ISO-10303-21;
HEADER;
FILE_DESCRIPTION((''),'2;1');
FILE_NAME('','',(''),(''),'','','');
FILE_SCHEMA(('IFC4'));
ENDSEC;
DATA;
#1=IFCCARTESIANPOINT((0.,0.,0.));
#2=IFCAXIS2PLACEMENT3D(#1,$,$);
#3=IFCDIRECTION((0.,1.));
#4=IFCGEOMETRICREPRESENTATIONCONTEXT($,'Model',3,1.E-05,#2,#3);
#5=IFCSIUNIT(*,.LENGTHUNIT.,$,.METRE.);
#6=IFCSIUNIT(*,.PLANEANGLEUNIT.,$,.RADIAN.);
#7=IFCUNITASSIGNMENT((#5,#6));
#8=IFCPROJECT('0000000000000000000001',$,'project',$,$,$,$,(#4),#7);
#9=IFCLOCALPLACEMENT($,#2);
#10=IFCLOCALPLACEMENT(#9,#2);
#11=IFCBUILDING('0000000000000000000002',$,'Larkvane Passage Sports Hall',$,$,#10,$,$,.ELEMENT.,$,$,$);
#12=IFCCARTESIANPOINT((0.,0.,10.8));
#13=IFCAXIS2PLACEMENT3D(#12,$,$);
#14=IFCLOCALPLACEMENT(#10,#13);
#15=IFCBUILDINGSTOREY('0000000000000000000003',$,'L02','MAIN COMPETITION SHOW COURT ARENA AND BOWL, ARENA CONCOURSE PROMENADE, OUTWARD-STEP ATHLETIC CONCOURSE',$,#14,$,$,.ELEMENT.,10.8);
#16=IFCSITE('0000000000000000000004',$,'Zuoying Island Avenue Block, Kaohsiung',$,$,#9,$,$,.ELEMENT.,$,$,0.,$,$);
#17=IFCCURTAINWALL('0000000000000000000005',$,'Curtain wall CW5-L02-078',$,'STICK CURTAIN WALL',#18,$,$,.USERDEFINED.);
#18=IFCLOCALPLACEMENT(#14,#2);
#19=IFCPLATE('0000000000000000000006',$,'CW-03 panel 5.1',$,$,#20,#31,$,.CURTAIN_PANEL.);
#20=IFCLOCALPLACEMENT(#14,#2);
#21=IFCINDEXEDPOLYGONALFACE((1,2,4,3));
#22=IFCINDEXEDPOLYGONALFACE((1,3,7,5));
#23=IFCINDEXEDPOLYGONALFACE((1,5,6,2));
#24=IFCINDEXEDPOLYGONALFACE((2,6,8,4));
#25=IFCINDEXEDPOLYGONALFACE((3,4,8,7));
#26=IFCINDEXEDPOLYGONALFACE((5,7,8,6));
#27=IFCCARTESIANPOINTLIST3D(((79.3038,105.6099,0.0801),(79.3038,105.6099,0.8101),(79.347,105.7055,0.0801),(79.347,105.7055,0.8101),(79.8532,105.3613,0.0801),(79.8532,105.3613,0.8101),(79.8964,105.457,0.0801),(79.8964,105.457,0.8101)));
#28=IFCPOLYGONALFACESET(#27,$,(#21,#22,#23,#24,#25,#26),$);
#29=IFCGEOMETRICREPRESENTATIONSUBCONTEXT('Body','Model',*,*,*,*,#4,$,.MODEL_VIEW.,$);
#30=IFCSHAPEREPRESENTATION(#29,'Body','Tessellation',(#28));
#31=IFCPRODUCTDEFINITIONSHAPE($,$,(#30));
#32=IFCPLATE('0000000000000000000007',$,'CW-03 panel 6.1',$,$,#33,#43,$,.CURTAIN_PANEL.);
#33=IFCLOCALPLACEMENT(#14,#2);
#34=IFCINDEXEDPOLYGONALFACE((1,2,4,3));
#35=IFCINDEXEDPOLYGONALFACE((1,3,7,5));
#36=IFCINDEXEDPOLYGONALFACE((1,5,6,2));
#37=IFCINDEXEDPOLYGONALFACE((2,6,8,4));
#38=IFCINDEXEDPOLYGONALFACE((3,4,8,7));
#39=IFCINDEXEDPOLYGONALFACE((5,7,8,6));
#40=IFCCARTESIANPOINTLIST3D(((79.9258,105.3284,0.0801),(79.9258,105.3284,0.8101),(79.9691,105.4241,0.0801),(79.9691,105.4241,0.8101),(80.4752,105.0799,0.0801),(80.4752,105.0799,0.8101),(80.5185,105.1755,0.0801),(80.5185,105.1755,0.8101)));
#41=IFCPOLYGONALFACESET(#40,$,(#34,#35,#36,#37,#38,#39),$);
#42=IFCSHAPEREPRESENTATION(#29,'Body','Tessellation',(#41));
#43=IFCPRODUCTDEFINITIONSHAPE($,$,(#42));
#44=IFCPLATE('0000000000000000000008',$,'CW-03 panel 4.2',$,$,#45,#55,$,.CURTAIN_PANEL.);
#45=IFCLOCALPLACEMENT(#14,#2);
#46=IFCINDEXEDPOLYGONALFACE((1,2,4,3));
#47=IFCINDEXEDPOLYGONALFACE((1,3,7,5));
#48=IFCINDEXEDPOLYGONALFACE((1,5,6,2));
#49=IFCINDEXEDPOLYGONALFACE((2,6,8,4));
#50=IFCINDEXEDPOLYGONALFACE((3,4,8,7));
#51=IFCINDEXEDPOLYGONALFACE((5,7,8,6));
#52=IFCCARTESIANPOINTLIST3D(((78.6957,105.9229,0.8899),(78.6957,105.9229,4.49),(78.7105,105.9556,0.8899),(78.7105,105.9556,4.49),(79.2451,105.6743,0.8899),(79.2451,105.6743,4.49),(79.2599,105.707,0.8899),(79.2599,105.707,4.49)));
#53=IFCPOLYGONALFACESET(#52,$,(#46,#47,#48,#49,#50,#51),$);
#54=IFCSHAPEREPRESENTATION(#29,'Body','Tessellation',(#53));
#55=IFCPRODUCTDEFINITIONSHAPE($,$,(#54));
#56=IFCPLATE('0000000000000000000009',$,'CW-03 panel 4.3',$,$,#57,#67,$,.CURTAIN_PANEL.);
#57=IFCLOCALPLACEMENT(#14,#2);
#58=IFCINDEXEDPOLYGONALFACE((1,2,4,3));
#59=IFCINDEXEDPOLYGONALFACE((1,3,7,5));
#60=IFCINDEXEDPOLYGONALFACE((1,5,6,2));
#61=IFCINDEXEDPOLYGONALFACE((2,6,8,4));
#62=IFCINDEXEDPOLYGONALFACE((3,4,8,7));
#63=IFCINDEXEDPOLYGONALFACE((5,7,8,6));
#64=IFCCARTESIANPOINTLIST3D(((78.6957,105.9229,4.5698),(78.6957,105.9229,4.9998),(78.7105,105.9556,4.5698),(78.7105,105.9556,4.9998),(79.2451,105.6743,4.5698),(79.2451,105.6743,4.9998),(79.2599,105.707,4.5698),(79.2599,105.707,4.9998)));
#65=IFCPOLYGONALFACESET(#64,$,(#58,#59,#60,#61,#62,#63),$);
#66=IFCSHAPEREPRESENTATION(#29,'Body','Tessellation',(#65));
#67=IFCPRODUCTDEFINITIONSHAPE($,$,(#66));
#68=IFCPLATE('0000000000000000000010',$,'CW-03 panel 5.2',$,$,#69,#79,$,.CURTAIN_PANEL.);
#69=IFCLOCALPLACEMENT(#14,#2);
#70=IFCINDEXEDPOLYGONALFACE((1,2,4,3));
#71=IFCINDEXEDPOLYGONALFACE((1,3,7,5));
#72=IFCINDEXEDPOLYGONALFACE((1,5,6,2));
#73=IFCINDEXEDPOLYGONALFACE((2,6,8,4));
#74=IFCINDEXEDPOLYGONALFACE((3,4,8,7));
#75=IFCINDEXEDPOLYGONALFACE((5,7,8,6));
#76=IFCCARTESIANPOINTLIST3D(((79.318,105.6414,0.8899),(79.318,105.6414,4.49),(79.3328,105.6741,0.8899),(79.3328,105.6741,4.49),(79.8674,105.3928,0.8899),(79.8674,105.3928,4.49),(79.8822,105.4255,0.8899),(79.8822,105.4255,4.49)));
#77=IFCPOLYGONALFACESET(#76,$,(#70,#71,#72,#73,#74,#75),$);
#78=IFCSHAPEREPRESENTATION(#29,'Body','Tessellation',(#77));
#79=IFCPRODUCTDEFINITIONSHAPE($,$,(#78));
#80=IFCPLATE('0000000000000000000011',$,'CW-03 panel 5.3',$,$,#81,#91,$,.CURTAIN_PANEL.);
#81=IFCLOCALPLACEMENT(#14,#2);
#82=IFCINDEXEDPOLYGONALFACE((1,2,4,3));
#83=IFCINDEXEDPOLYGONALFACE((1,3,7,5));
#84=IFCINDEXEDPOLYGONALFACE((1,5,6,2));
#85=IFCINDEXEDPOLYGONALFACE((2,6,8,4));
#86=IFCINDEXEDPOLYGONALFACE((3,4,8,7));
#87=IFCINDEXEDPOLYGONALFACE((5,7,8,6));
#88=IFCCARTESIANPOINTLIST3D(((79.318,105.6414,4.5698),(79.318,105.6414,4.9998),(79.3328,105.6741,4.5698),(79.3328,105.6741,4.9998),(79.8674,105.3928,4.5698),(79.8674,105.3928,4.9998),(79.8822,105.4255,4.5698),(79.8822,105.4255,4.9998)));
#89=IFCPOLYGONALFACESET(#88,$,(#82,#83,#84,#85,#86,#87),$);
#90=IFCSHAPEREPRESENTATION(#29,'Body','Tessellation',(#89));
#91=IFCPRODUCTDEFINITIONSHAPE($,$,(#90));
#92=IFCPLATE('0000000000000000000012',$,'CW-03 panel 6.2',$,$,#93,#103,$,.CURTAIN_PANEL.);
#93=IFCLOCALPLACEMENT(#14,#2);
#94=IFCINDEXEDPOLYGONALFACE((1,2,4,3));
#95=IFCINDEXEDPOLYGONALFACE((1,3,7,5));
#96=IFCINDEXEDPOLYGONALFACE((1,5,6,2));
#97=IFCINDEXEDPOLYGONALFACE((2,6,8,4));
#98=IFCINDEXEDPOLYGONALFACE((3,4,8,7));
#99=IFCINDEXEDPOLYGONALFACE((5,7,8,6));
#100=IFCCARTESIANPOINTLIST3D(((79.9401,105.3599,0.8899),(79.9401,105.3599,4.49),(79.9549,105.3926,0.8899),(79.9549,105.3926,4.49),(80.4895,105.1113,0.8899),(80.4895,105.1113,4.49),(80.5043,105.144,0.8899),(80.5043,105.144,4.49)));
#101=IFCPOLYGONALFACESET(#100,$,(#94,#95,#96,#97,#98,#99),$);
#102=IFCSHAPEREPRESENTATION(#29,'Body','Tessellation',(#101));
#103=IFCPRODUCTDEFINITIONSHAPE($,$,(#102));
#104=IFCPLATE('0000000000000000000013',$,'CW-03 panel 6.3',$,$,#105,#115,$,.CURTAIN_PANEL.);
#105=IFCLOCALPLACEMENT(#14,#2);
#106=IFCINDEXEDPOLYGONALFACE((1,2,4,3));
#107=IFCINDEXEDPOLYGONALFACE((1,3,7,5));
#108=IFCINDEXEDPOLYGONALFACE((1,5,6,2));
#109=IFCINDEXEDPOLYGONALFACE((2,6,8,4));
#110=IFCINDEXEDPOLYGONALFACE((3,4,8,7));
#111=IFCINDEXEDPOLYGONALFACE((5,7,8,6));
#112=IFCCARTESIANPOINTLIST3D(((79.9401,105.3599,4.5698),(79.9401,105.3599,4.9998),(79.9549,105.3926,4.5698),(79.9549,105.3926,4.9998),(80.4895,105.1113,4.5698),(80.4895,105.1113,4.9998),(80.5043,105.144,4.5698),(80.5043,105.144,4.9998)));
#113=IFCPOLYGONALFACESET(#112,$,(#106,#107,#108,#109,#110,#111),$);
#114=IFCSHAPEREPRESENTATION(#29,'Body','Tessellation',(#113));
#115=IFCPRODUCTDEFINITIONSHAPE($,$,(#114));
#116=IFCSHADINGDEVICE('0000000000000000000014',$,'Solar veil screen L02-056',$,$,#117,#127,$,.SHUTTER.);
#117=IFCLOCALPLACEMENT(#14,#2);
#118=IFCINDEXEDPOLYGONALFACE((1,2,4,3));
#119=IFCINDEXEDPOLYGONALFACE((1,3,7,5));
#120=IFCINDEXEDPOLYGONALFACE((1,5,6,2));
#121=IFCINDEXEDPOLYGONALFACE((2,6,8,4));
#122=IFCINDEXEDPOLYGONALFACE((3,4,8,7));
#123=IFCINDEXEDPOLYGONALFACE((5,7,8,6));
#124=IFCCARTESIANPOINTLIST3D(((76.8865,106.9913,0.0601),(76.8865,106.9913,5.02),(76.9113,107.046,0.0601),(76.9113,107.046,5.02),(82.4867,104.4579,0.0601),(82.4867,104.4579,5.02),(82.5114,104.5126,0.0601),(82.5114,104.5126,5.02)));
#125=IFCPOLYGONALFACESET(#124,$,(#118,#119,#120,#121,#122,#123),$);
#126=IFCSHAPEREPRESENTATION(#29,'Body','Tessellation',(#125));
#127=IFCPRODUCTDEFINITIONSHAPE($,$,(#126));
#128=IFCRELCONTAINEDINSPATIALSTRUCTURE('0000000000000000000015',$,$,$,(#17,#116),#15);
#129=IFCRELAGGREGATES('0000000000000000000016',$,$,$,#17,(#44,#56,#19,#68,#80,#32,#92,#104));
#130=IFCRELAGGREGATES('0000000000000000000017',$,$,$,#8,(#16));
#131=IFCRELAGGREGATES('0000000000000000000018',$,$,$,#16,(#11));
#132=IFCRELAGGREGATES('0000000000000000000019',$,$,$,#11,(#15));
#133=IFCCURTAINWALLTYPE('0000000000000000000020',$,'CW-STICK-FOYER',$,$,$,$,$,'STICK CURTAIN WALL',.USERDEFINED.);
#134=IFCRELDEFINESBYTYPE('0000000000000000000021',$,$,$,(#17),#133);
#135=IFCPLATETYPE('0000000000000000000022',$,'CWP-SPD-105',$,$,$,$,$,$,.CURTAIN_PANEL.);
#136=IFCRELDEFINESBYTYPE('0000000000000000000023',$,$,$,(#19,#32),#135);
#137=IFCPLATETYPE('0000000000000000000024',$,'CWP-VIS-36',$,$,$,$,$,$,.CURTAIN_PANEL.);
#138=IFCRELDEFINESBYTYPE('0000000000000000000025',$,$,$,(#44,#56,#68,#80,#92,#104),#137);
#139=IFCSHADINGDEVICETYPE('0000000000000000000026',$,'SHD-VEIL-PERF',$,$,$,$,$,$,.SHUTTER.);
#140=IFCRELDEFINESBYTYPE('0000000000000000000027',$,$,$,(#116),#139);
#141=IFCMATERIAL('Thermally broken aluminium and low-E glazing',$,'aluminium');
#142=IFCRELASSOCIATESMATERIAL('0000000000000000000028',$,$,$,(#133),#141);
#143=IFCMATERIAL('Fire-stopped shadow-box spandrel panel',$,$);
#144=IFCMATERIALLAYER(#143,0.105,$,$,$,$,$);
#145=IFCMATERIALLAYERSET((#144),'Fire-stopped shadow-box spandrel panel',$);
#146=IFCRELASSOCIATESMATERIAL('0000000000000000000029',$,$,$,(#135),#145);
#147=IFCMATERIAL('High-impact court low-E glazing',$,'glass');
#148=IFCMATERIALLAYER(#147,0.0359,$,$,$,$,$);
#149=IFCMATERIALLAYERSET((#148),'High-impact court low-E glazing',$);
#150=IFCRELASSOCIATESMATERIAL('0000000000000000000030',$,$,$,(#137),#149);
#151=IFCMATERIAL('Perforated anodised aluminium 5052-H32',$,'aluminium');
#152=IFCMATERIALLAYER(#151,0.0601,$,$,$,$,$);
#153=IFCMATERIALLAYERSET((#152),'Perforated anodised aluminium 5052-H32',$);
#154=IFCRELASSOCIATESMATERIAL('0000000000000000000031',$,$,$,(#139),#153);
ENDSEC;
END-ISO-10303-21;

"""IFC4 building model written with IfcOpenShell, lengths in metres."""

from ifc_helpers import new_model, si_unit, direction, frame, origin, origin_2d, place, context, subcontext, project, spatial, rectangle, extrude, material, layer, layer_set, type_object, element, aggregate, save


model = new_model("IFC4")

# Units and contexts
model_context = context("Model", 3, precision=1e-05, world=origin(), true_north=direction((0.0, 1.0)))
body_context = subcontext(model_context, "Body", "Model", "MODEL_VIEW")
ifc_project = project(units=[si_unit("LENGTHUNIT", "METRE"), si_unit("PLANEANGLEUNIT", "RADIAN")], contexts=[model_context])

# Site, building, storey
site_placement = place(None, origin())
site = spatial("IfcSite", under=ifc_project, at=site_placement, Name="Zuoying Island Avenue Block, Kaohsiung", CompositionType="ELEMENT", RefElevation=0.0)
building_placement = place(site_placement, origin())
building = spatial("IfcBuilding", under=site, at=building_placement, Name="Larkvane Passage Sports Hall", CompositionType="ELEMENT")
storey_placement = place(building_placement, frame((0.0, 0.0, 10.8)))
storey = spatial("IfcBuildingStorey", under=building, at=storey_placement, Name="L02", Description="MAIN COMPETITION SHOW COURT ARENA AND BOWL, ARENA CONCOURSE PROMENADE, OUTWARD-STEP ATHLETIC CONCOURSE", CompositionType="ELEMENT", Elevation=10.8)

# Curtain wall
ifc_material_1 = material(Name="Thermally broken aluminium and low-E glazing", Category="aluminium")
curtain_wall_type = type_object("IfcCurtainWallType", Name="CW-STICK-FOYER", ElementType="STICK CURTAIN WALL", PredefinedType="USERDEFINED", material=ifc_material_1)
curtain_wall_placement = place(storey_placement, origin())
curtain_wall = element("IfcCurtainWall", 1, at=curtain_wall_placement, inside=storey, type_object=curtain_wall_type, Name="Curtain wall CW5-L02-078", ObjectType="STICK CURTAIN WALL", PredefinedType="USERDEFINED")

# Plates
ifc_material_2 = material(Name="Fire-stopped shadow-box spandrel panel")
ifc_layer_1 = layer(ifc_material_2, 0.105)
ifc_layer_set_1 = layer_set([ifc_layer_1], Name="Fire-stopped shadow-box spandrel panel")
plate_type_1 = type_object("IfcPlateType", Name="CWP-SPD-105", PredefinedType="CURTAIN_PANEL", material=ifc_layer_set_1)
plate_1_placement = place(storey_placement, frame((79.6001, 105.5334, 0.0801), z_axis=(0.0, 0.0, 1.0), x_axis=(0.91111, -0.412163, 0.0)))
plate_1 = element("IfcPlate", 2, at=plate_1_placement, type_object=plate_type_1, Name="CW-03 panel 5.1", PredefinedType="CURTAIN_PANEL", context=body_context, shape_type="SweptSolid", body=[
    extrude(rectangle(XDim=0.603, YDim=0.105, at=origin_2d()), origin(), (0.0, 0.0, 1.0), 0.73),
])
plate_2_placement = place(storey_placement, frame((80.2222, 105.252, 0.0801), z_axis=(0.0, 0.0, 1.0), x_axis=(0.91111, -0.412163, 0.0)))
plate_2 = element("IfcPlate", 3, at=plate_2_placement, type_object=plate_type_1, Name="CW-03 panel 6.1", PredefinedType="CURTAIN_PANEL", context=body_context, shape_type="SweptSolid", body=[
    extrude(rectangle(XDim=0.603, YDim=0.105, at=origin_2d()), origin(), (0.0, 0.0, 1.0), 0.73),
])
ifc_material_3 = material(Name="High-impact court low-E glazing", Category="glass")
ifc_layer_2 = layer(ifc_material_3, 0.0359)
ifc_layer_set_2 = layer_set([ifc_layer_2], Name="High-impact court low-E glazing")
plate_type_2 = type_object("IfcPlateType", Name="CWP-VIS-36", PredefinedType="CURTAIN_PANEL", material=ifc_layer_set_2)
plate_3_placement = place(storey_placement, frame((78.9778, 105.8149, 0.8899), z_axis=(0.0, 0.0, 1.0), x_axis=(0.91111, -0.412163, 0.0)))
plate_3 = element("IfcPlate", 4, at=plate_3_placement, type_object=plate_type_2, Name="CW-03 panel 4.2", PredefinedType="CURTAIN_PANEL", context=body_context, shape_type="SweptSolid", body=[
    extrude(rectangle(XDim=0.603, YDim=0.0359, at=origin_2d()), origin(), (0.0, 0.0, 1.0), 3.6001),
])
plate_4_placement = place(storey_placement, frame((78.9778, 105.8149, 4.5698), z_axis=(0.0, 0.0, 1.0), x_axis=(0.91111, -0.412163, 0.0)))
plate_4 = element("IfcPlate", 5, at=plate_4_placement, type_object=plate_type_2, Name="CW-03 panel 4.3", PredefinedType="CURTAIN_PANEL", context=body_context, shape_type="SweptSolid", body=[
    extrude(rectangle(XDim=0.603, YDim=0.0359, at=origin_2d()), origin(), (0.0, 0.0, 1.0), 0.4299),
])
plate_5_placement = place(storey_placement, frame((79.6001, 105.5334, 0.8899), z_axis=(0.0, 0.0, 1.0), x_axis=(0.91111, -0.412163, 0.0)))
plate_5 = element("IfcPlate", 6, at=plate_5_placement, type_object=plate_type_2, Name="CW-03 panel 5.2", PredefinedType="CURTAIN_PANEL", context=body_context, shape_type="SweptSolid", body=[
    extrude(rectangle(XDim=0.603, YDim=0.0359, at=origin_2d()), origin(), (0.0, 0.0, 1.0), 3.6001),
])
plate_6_placement = place(storey_placement, frame((79.6001, 105.5334, 4.5698), z_axis=(0.0, 0.0, 1.0), x_axis=(0.91111, -0.412163, 0.0)))
plate_6 = element("IfcPlate", 7, at=plate_6_placement, type_object=plate_type_2, Name="CW-03 panel 5.3", PredefinedType="CURTAIN_PANEL", context=body_context, shape_type="SweptSolid", body=[
    extrude(rectangle(XDim=0.603, YDim=0.0359, at=origin_2d()), origin(), (0.0, 0.0, 1.0), 0.4299),
])
plate_7_placement = place(storey_placement, frame((80.2222, 105.252, 0.8899), z_axis=(0.0, 0.0, 1.0), x_axis=(0.91111, -0.412163, 0.0)))
plate_7 = element("IfcPlate", 8, at=plate_7_placement, type_object=plate_type_2, Name="CW-03 panel 6.2", PredefinedType="CURTAIN_PANEL", context=body_context, shape_type="SweptSolid", body=[
    extrude(rectangle(XDim=0.603, YDim=0.0359, at=origin_2d()), origin(), (0.0, 0.0, 1.0), 3.6001),
])
plate_8_placement = place(storey_placement, frame((80.2222, 105.252, 4.5698), z_axis=(0.0, 0.0, 1.0), x_axis=(0.91111, -0.412163, 0.0)))
plate_8 = element("IfcPlate", 9, at=plate_8_placement, type_object=plate_type_2, Name="CW-03 panel 6.3", PredefinedType="CURTAIN_PANEL", context=body_context, shape_type="SweptSolid", body=[
    extrude(rectangle(XDim=0.603, YDim=0.0359, at=origin_2d()), origin(), (0.0, 0.0, 1.0), 0.4299),
])
aggregate(curtain_wall, [plate_3, plate_4, plate_1, plate_5, plate_6, plate_2, plate_7, plate_8])

# Shading device
ifc_material_4 = material(Name="Perforated anodised aluminium 5052-H32", Category="aluminium")
ifc_layer_3 = layer(ifc_material_4, 0.0601)
ifc_layer_set_3 = layer_set([ifc_layer_3], Name="Perforated anodised aluminium 5052-H32")
shading_device_type = type_object("IfcShadingDeviceType", Name="SHD-VEIL-PERF", PredefinedType="SHUTTER", material=ifc_layer_set_3)
shading_device_placement = place(storey_placement, frame((79.699, 105.752, 0.0601), z_axis=(0.0, 0.0, 1.0), x_axis=(0.911108, -0.412168, 0.0)))
element("IfcShadingDevice", 10, at=shading_device_placement, inside=storey, type_object=shading_device_type, Name="Solar veil screen L02-056", PredefinedType="SHUTTER", context=body_context, shape_type="SweptSolid", body=[
    extrude(rectangle(XDim=6.1465, YDim=0.0601, at=origin_2d()), origin(), (0.0, 0.0, 1.0), 4.96),
])

save(model, "model.ifc")
